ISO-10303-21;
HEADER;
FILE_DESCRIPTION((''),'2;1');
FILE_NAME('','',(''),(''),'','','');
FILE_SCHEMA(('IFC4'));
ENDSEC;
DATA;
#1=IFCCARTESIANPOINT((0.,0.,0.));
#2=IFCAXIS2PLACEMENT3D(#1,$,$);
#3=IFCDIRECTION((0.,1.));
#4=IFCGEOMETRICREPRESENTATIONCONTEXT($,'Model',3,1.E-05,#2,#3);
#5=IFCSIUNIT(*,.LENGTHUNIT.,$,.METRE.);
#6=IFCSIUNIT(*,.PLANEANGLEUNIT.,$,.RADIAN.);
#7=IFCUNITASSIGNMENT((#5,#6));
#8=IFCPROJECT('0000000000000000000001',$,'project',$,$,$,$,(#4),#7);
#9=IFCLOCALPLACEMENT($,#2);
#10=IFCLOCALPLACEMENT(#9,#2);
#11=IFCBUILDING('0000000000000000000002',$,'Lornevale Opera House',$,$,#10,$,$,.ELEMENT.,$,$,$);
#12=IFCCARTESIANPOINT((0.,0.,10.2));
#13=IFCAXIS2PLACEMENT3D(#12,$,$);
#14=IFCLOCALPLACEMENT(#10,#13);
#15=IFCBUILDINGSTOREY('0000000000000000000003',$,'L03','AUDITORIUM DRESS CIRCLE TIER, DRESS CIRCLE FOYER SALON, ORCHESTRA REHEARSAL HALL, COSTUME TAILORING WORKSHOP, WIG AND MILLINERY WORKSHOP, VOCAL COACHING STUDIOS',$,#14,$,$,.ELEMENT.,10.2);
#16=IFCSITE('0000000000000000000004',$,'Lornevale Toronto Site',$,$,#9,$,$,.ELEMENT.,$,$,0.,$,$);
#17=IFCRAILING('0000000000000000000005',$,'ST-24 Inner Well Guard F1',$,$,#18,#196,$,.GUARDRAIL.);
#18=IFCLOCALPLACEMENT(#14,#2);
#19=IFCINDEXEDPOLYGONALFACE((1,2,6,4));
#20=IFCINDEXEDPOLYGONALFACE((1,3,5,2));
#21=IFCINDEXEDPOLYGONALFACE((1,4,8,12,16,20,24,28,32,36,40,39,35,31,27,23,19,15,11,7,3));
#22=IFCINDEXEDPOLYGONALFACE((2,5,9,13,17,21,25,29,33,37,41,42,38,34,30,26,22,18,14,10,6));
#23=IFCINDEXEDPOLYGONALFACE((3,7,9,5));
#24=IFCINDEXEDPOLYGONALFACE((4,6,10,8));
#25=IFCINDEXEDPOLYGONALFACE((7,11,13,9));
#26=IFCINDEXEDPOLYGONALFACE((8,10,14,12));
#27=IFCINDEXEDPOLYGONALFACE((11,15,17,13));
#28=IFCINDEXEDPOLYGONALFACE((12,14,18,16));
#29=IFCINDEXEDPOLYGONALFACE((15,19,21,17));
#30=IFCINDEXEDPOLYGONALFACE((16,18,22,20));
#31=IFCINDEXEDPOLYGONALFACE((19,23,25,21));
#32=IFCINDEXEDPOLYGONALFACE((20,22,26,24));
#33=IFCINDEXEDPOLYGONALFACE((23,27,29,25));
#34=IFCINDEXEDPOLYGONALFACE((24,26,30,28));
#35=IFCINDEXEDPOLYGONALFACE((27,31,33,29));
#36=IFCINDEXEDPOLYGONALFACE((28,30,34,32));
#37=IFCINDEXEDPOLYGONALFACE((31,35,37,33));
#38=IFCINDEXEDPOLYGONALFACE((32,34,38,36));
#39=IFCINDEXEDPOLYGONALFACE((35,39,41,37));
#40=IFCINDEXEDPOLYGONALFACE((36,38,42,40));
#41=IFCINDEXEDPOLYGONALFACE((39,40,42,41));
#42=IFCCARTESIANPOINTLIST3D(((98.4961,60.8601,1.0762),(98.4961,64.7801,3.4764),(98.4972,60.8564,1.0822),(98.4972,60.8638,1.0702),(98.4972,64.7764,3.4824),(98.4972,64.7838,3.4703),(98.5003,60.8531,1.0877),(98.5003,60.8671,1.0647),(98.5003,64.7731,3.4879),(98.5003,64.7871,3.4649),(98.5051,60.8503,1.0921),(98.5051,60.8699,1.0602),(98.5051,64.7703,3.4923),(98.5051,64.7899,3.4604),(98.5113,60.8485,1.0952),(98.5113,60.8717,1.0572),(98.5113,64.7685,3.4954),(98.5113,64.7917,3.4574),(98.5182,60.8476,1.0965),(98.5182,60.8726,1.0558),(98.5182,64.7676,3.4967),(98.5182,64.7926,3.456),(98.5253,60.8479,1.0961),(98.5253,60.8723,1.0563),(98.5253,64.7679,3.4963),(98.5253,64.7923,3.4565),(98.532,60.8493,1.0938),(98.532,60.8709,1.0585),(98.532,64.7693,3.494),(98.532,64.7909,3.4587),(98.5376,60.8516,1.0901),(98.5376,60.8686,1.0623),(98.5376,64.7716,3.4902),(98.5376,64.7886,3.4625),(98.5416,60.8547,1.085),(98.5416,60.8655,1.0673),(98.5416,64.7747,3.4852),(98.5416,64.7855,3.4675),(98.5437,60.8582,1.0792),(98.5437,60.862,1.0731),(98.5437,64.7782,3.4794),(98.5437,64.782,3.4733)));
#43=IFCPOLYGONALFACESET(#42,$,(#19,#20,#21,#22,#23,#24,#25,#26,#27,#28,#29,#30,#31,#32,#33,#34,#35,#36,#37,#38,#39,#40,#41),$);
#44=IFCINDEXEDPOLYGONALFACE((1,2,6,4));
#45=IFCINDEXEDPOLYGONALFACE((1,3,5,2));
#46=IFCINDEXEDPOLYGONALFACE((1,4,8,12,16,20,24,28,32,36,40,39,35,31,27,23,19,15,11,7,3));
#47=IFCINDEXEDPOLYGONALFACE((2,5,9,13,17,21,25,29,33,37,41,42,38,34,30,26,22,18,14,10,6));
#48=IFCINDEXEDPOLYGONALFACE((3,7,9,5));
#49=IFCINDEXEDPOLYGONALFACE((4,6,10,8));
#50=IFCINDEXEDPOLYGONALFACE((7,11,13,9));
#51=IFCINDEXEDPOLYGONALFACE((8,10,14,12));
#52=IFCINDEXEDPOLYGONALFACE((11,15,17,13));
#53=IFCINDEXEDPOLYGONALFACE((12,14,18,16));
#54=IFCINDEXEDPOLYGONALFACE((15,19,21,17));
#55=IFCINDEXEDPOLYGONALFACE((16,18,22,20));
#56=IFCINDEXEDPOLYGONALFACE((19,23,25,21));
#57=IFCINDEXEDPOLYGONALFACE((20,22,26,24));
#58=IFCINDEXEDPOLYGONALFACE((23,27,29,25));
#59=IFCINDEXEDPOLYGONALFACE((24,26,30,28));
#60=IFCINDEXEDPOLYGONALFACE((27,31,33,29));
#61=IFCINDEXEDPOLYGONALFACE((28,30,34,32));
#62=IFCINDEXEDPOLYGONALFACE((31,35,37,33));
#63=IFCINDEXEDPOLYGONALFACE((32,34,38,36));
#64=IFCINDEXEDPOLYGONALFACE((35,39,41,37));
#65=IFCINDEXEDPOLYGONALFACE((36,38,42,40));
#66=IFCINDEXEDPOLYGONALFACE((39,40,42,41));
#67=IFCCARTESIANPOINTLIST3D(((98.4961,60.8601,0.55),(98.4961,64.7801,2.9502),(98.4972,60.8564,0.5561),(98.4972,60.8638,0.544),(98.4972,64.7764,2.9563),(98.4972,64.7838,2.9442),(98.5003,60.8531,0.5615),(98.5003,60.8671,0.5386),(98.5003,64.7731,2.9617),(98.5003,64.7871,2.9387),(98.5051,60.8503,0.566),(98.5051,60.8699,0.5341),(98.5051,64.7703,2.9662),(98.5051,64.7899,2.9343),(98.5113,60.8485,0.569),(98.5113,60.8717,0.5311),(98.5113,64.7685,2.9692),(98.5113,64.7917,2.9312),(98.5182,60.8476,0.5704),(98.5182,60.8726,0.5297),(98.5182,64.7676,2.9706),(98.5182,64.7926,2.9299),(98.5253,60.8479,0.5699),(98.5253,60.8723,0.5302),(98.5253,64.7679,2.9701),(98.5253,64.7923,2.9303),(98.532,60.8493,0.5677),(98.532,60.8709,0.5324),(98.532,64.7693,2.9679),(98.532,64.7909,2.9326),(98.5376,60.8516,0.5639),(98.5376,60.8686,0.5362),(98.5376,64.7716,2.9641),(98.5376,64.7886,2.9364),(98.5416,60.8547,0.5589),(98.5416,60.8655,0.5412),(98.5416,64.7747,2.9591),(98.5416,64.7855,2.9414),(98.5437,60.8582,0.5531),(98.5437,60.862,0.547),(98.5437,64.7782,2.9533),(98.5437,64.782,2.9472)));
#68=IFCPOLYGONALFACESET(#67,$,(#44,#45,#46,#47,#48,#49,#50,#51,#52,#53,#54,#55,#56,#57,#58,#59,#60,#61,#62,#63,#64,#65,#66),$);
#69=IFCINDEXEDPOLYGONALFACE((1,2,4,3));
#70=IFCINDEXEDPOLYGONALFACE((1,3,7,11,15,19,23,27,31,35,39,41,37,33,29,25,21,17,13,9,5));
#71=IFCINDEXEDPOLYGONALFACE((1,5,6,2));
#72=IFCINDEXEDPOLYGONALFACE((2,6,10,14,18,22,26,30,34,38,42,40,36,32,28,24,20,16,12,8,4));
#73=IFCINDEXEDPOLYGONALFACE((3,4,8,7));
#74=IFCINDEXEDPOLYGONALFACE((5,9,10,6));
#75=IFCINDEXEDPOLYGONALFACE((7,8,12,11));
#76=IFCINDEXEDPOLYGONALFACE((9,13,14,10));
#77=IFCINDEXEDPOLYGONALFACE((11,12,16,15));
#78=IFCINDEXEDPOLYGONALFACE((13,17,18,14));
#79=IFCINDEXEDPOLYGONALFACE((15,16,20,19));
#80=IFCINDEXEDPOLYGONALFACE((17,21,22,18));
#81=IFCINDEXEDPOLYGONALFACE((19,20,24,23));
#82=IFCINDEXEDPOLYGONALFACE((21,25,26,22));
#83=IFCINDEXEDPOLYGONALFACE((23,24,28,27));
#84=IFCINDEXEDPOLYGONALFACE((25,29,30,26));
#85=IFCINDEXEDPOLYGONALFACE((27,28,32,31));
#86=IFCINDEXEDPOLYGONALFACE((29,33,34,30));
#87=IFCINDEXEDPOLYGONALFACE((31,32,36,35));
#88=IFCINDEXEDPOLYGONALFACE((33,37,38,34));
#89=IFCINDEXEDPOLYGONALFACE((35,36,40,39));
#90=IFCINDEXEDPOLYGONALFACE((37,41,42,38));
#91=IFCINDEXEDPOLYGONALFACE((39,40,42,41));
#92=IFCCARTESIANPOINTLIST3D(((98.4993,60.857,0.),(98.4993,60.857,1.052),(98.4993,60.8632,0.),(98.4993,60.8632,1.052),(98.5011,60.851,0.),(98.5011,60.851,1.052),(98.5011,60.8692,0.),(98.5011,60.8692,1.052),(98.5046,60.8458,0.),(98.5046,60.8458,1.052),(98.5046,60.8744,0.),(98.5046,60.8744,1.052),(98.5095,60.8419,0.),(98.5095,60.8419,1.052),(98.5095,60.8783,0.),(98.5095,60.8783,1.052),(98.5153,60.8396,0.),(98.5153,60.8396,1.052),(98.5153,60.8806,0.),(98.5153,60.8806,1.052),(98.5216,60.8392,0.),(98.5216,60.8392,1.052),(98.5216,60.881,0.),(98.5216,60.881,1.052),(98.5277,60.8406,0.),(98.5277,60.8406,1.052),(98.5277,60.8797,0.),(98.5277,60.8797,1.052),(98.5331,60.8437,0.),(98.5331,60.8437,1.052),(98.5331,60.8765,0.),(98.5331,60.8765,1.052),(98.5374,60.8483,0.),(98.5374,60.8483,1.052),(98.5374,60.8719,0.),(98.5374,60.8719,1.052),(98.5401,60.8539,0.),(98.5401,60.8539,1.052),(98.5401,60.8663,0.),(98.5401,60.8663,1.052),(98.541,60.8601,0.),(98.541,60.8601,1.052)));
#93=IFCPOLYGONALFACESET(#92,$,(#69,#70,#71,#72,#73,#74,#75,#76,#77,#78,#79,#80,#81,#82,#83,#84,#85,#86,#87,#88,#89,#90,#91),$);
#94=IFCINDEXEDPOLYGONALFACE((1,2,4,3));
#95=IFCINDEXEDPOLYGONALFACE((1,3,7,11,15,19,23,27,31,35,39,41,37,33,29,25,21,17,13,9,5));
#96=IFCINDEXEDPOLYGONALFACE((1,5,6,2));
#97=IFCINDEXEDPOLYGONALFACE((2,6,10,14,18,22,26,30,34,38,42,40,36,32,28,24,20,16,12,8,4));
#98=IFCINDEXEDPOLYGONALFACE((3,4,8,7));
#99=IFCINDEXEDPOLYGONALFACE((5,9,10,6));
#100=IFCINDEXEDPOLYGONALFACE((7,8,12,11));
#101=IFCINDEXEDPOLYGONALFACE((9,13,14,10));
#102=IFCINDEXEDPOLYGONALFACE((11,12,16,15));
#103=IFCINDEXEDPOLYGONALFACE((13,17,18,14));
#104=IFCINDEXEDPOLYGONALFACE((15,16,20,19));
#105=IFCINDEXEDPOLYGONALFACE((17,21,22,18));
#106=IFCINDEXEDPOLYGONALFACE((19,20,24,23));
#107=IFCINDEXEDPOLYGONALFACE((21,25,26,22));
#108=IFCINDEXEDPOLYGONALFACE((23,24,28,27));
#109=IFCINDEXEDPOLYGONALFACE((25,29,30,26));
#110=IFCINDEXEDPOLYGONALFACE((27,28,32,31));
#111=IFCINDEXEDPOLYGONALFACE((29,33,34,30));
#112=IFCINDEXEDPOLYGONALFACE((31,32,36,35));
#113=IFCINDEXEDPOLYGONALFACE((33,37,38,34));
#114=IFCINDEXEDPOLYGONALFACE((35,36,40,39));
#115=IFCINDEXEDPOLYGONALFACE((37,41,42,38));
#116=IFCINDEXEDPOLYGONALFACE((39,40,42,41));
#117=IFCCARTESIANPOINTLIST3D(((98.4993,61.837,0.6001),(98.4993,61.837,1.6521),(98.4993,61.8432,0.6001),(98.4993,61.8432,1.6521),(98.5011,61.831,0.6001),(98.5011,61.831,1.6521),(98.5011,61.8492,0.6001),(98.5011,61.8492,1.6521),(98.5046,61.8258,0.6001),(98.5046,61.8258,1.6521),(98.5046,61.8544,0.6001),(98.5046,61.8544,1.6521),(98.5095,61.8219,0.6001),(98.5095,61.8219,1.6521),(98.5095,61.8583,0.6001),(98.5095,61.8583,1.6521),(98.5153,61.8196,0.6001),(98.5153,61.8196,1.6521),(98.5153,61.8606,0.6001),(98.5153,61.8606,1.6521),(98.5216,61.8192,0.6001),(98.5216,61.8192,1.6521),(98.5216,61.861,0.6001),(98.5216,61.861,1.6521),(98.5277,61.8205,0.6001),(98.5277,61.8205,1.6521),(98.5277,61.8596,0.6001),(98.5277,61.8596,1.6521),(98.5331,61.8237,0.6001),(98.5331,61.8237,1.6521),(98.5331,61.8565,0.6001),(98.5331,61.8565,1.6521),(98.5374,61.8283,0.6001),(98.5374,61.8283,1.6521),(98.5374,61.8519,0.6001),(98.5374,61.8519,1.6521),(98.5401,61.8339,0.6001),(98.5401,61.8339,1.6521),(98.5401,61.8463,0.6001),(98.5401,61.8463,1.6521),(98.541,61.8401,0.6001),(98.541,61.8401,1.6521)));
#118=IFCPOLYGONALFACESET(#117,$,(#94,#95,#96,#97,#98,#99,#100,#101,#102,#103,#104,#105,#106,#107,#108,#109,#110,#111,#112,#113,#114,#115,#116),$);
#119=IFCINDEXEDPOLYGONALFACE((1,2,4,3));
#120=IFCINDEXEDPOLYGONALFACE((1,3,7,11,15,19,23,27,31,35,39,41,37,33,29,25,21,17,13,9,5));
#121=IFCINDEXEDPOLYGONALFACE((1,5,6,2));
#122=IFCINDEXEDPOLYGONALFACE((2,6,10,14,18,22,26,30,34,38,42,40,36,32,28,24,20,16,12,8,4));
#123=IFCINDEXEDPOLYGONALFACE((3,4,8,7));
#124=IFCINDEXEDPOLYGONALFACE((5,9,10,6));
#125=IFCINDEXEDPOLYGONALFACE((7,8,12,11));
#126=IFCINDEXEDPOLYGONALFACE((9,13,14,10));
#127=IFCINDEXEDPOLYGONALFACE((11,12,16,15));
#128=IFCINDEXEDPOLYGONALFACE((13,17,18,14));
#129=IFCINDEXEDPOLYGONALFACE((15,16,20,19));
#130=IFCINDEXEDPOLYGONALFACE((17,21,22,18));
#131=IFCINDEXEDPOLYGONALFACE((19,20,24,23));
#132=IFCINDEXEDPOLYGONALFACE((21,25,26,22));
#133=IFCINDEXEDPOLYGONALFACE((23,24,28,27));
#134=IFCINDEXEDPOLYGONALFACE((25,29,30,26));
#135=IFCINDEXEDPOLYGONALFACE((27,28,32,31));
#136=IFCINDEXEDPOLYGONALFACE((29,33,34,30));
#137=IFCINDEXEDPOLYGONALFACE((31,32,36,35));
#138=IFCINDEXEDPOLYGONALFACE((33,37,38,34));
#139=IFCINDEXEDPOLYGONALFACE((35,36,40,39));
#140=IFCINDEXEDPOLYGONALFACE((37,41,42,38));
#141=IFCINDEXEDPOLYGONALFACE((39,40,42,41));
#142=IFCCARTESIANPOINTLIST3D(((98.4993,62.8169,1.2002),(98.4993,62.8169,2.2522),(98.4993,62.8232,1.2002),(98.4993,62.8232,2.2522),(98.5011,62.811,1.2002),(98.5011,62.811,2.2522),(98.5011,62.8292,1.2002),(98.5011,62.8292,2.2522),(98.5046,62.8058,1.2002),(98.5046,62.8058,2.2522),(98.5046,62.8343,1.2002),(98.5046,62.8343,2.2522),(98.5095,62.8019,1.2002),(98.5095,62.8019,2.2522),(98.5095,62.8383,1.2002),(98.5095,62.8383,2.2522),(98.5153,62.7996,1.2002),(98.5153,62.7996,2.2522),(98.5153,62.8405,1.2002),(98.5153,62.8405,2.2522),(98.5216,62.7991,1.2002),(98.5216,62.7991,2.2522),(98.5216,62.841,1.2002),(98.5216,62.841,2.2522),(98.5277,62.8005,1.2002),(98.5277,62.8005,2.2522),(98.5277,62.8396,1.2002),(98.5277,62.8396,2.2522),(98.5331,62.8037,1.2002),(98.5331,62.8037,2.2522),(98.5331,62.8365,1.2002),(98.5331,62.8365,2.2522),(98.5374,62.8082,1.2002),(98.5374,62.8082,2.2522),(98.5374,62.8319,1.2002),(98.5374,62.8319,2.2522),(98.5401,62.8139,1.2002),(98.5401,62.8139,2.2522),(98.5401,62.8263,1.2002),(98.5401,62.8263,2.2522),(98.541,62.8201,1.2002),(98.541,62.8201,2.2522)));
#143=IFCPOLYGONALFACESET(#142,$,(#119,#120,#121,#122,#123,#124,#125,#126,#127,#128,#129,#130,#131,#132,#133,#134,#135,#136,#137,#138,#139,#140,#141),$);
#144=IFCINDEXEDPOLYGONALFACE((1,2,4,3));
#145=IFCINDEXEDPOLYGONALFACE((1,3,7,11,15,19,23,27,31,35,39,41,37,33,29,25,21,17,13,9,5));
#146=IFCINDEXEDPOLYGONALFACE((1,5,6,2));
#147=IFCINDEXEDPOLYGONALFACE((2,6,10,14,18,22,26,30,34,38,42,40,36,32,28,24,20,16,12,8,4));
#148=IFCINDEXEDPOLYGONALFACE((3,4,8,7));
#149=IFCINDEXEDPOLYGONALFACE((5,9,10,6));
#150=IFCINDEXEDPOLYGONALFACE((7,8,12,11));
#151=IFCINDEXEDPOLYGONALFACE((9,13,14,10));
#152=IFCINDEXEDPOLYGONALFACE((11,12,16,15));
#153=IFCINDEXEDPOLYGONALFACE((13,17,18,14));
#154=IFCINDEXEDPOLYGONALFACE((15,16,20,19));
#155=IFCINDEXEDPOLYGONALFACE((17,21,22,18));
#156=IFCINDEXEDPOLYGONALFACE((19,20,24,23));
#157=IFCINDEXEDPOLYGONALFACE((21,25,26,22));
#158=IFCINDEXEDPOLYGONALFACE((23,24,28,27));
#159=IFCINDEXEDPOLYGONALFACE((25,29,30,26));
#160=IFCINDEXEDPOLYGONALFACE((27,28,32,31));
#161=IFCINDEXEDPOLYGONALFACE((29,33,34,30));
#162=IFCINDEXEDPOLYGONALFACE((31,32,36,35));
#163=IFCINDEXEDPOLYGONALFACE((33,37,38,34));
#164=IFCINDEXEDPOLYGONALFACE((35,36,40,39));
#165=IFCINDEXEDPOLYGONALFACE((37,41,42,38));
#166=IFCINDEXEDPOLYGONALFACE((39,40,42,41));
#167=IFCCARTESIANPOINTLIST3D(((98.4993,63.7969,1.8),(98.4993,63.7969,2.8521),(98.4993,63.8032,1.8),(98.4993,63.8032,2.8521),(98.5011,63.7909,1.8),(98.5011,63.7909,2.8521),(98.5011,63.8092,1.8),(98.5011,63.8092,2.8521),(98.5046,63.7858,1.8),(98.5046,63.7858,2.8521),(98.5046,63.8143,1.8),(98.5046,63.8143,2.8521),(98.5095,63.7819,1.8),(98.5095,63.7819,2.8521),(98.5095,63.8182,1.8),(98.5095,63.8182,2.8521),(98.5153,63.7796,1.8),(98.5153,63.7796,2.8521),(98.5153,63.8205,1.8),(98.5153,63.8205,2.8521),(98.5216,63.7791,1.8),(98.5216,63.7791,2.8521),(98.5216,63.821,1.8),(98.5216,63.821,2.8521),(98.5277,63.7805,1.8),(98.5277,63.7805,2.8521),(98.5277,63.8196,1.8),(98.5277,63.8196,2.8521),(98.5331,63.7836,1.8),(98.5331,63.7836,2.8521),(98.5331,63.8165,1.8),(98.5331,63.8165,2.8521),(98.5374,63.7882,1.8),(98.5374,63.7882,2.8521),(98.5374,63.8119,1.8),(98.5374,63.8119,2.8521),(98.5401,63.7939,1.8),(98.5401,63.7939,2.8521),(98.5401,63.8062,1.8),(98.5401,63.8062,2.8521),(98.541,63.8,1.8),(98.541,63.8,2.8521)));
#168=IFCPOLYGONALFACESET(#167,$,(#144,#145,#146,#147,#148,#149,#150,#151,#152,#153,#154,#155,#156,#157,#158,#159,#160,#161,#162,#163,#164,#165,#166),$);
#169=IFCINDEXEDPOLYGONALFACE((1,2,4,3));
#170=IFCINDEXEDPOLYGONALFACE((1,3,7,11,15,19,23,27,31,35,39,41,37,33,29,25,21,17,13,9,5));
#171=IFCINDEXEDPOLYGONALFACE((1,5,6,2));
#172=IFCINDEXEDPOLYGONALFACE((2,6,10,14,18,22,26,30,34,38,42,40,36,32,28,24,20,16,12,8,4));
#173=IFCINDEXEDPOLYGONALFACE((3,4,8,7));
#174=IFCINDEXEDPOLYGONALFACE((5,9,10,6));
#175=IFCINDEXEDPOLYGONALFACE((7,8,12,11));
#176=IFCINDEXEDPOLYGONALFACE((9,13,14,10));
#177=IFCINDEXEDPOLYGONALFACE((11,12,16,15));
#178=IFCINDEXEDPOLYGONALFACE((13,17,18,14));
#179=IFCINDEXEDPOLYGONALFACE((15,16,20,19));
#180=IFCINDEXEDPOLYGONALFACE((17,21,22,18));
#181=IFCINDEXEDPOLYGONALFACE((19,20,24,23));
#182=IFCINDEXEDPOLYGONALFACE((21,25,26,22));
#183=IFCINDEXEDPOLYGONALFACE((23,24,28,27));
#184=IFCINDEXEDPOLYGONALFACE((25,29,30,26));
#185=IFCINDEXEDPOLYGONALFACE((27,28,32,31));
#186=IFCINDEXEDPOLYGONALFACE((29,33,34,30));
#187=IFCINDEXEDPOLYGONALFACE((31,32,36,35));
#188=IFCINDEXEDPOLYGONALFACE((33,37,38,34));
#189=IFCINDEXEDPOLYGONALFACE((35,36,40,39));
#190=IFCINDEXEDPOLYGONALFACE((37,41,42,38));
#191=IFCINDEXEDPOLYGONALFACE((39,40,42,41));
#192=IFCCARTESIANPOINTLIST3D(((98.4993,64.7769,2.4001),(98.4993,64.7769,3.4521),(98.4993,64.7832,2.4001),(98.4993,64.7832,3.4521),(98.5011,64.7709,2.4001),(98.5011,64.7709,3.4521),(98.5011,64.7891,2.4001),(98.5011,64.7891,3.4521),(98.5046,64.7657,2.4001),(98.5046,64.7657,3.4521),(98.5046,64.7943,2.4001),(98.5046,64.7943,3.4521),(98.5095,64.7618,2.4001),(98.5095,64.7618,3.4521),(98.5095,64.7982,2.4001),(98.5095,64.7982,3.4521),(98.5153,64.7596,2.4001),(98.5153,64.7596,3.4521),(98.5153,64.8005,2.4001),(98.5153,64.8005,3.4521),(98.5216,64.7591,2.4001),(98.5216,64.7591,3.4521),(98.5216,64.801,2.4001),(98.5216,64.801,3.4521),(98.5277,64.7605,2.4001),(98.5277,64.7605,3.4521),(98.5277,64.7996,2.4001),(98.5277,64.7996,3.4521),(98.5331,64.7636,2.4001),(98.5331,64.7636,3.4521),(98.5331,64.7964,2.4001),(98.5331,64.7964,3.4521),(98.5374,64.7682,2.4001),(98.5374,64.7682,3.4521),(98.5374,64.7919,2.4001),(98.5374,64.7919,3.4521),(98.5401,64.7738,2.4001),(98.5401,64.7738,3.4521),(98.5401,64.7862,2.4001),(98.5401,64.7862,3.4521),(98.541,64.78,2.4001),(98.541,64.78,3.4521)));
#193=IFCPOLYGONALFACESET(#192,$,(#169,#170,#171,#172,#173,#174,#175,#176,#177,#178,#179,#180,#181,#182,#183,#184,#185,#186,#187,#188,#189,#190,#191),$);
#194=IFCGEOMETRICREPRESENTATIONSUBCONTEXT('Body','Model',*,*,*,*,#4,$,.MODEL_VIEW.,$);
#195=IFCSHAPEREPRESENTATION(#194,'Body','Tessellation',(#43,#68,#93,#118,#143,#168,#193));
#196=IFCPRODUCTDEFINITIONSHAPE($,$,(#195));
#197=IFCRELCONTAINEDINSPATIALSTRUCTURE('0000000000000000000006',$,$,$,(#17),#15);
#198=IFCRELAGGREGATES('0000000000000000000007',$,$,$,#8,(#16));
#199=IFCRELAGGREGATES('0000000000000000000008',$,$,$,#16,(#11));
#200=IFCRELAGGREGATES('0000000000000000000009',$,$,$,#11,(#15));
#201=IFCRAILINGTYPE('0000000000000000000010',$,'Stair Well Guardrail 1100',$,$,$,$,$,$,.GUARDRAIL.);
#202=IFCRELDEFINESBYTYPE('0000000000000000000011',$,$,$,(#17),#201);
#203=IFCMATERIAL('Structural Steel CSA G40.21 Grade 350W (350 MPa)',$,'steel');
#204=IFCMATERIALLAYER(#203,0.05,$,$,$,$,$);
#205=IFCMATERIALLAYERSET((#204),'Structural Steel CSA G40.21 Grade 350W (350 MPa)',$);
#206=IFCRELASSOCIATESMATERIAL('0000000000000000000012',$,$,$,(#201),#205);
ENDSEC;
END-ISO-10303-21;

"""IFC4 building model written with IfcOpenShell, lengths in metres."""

from ifc_helpers import new_model, si_unit, direction, frame, origin, origin_2d, place, context, subcontext, project, spatial, circle, extrude, material, layer, layer_set, type_object, element, save


model = new_model("IFC4")

# Units and contexts
model_context = context("Model", 3, precision=1e-05, world=origin(), true_north=direction((0.0, 1.0)))
body_context = subcontext(model_context, "Body", "Model", "MODEL_VIEW")
ifc_project = project(units=[si_unit("LENGTHUNIT", "METRE"), si_unit("PLANEANGLEUNIT", "RADIAN")], contexts=[model_context])

# Site, building, storey
site_placement = place(None, origin())
site = spatial("IfcSite", under=ifc_project, at=site_placement, Name="Lornevale Toronto Site", CompositionType="ELEMENT", RefElevation=0.0)
building_placement = place(site_placement, origin())
building = spatial("IfcBuilding", under=site, at=building_placement, Name="Lornevale Opera House", CompositionType="ELEMENT")
storey_placement = place(building_placement, frame((0.0, 0.0, 10.2)))
storey = spatial("IfcBuildingStorey", under=building, at=storey_placement, Name="L03", Description="AUDITORIUM DRESS CIRCLE TIER, DRESS CIRCLE FOYER SALON, ORCHESTRA REHEARSAL HALL, COSTUME TAILORING WORKSHOP, WIG AND MILLINERY WORKSHOP, VOCAL COACHING STUDIOS", CompositionType="ELEMENT", Elevation=10.2)

# Shared definitions
ifc_material_1 = material(Name="Structural Steel CSA G40.21 Grade 350W (350 MPa)", Category="steel")

# Railing
ifc_layer_1 = layer(ifc_material_1, 0.05)
ifc_layer_set_1 = layer_set([ifc_layer_1], Name="Structural Steel CSA G40.21 Grade 350W (350 MPa)")
railing_type_1 = type_object("IfcRailingType", Name="Stair Well Guardrail 1100", PredefinedType="GUARDRAIL", material=ifc_layer_set_1)
railing_1_placement = place(storey_placement, frame((98.52, 60.8601, 0.0)))
element("IfcRailing", 1, at=railing_1_placement, inside=storey, type_object=railing_type_1, Name="ST-24 Inner Well Guard F1", PredefinedType="GUARDRAIL", context=body_context, shape_type="SweptSolid", body=[
    extrude(circle(Radius=0.0239, at=origin_2d()), frame((0.0, 0.0, 1.0762), z_axis=(0.0, 0.852832, 0.522185), x_axis=(-1.0, 0.0, 0.0)), (0.0, 0.0, 1.0), 4.5964),
    extrude(circle(Radius=0.0239, at=origin_2d()), frame((0.0, 0.0, 0.55), z_axis=(0.0, 0.852832, 0.522185), x_axis=(-1.0, 0.0, 0.0)), (0.0, 0.0, 1.0), 4.5964),
    extrude(circle(Radius=0.021, at=origin_2d()), origin(), (0.0, 0.0, 1.0), 1.052),
    extrude(circle(Radius=0.021, at=origin_2d()), frame((0.0, 0.98, 0.6001)), (0.0, 0.0, 1.0), 1.052),
    extrude(circle(Radius=0.021, at=origin_2d()), frame((0.0, 1.96, 1.2002)), (0.0, 0.0, 1.0), 1.052),
    extrude(circle(Radius=0.021, at=origin_2d()), frame((0.0, 2.9399, 1.8)), (0.0, 0.0, 1.0), 1.052),
    extrude(circle(Radius=0.021, at=origin_2d()), frame((0.0, 3.9199, 2.4001)), (0.0, 0.0, 1.0), 1.052),
])

save(model, "model.ifc")
